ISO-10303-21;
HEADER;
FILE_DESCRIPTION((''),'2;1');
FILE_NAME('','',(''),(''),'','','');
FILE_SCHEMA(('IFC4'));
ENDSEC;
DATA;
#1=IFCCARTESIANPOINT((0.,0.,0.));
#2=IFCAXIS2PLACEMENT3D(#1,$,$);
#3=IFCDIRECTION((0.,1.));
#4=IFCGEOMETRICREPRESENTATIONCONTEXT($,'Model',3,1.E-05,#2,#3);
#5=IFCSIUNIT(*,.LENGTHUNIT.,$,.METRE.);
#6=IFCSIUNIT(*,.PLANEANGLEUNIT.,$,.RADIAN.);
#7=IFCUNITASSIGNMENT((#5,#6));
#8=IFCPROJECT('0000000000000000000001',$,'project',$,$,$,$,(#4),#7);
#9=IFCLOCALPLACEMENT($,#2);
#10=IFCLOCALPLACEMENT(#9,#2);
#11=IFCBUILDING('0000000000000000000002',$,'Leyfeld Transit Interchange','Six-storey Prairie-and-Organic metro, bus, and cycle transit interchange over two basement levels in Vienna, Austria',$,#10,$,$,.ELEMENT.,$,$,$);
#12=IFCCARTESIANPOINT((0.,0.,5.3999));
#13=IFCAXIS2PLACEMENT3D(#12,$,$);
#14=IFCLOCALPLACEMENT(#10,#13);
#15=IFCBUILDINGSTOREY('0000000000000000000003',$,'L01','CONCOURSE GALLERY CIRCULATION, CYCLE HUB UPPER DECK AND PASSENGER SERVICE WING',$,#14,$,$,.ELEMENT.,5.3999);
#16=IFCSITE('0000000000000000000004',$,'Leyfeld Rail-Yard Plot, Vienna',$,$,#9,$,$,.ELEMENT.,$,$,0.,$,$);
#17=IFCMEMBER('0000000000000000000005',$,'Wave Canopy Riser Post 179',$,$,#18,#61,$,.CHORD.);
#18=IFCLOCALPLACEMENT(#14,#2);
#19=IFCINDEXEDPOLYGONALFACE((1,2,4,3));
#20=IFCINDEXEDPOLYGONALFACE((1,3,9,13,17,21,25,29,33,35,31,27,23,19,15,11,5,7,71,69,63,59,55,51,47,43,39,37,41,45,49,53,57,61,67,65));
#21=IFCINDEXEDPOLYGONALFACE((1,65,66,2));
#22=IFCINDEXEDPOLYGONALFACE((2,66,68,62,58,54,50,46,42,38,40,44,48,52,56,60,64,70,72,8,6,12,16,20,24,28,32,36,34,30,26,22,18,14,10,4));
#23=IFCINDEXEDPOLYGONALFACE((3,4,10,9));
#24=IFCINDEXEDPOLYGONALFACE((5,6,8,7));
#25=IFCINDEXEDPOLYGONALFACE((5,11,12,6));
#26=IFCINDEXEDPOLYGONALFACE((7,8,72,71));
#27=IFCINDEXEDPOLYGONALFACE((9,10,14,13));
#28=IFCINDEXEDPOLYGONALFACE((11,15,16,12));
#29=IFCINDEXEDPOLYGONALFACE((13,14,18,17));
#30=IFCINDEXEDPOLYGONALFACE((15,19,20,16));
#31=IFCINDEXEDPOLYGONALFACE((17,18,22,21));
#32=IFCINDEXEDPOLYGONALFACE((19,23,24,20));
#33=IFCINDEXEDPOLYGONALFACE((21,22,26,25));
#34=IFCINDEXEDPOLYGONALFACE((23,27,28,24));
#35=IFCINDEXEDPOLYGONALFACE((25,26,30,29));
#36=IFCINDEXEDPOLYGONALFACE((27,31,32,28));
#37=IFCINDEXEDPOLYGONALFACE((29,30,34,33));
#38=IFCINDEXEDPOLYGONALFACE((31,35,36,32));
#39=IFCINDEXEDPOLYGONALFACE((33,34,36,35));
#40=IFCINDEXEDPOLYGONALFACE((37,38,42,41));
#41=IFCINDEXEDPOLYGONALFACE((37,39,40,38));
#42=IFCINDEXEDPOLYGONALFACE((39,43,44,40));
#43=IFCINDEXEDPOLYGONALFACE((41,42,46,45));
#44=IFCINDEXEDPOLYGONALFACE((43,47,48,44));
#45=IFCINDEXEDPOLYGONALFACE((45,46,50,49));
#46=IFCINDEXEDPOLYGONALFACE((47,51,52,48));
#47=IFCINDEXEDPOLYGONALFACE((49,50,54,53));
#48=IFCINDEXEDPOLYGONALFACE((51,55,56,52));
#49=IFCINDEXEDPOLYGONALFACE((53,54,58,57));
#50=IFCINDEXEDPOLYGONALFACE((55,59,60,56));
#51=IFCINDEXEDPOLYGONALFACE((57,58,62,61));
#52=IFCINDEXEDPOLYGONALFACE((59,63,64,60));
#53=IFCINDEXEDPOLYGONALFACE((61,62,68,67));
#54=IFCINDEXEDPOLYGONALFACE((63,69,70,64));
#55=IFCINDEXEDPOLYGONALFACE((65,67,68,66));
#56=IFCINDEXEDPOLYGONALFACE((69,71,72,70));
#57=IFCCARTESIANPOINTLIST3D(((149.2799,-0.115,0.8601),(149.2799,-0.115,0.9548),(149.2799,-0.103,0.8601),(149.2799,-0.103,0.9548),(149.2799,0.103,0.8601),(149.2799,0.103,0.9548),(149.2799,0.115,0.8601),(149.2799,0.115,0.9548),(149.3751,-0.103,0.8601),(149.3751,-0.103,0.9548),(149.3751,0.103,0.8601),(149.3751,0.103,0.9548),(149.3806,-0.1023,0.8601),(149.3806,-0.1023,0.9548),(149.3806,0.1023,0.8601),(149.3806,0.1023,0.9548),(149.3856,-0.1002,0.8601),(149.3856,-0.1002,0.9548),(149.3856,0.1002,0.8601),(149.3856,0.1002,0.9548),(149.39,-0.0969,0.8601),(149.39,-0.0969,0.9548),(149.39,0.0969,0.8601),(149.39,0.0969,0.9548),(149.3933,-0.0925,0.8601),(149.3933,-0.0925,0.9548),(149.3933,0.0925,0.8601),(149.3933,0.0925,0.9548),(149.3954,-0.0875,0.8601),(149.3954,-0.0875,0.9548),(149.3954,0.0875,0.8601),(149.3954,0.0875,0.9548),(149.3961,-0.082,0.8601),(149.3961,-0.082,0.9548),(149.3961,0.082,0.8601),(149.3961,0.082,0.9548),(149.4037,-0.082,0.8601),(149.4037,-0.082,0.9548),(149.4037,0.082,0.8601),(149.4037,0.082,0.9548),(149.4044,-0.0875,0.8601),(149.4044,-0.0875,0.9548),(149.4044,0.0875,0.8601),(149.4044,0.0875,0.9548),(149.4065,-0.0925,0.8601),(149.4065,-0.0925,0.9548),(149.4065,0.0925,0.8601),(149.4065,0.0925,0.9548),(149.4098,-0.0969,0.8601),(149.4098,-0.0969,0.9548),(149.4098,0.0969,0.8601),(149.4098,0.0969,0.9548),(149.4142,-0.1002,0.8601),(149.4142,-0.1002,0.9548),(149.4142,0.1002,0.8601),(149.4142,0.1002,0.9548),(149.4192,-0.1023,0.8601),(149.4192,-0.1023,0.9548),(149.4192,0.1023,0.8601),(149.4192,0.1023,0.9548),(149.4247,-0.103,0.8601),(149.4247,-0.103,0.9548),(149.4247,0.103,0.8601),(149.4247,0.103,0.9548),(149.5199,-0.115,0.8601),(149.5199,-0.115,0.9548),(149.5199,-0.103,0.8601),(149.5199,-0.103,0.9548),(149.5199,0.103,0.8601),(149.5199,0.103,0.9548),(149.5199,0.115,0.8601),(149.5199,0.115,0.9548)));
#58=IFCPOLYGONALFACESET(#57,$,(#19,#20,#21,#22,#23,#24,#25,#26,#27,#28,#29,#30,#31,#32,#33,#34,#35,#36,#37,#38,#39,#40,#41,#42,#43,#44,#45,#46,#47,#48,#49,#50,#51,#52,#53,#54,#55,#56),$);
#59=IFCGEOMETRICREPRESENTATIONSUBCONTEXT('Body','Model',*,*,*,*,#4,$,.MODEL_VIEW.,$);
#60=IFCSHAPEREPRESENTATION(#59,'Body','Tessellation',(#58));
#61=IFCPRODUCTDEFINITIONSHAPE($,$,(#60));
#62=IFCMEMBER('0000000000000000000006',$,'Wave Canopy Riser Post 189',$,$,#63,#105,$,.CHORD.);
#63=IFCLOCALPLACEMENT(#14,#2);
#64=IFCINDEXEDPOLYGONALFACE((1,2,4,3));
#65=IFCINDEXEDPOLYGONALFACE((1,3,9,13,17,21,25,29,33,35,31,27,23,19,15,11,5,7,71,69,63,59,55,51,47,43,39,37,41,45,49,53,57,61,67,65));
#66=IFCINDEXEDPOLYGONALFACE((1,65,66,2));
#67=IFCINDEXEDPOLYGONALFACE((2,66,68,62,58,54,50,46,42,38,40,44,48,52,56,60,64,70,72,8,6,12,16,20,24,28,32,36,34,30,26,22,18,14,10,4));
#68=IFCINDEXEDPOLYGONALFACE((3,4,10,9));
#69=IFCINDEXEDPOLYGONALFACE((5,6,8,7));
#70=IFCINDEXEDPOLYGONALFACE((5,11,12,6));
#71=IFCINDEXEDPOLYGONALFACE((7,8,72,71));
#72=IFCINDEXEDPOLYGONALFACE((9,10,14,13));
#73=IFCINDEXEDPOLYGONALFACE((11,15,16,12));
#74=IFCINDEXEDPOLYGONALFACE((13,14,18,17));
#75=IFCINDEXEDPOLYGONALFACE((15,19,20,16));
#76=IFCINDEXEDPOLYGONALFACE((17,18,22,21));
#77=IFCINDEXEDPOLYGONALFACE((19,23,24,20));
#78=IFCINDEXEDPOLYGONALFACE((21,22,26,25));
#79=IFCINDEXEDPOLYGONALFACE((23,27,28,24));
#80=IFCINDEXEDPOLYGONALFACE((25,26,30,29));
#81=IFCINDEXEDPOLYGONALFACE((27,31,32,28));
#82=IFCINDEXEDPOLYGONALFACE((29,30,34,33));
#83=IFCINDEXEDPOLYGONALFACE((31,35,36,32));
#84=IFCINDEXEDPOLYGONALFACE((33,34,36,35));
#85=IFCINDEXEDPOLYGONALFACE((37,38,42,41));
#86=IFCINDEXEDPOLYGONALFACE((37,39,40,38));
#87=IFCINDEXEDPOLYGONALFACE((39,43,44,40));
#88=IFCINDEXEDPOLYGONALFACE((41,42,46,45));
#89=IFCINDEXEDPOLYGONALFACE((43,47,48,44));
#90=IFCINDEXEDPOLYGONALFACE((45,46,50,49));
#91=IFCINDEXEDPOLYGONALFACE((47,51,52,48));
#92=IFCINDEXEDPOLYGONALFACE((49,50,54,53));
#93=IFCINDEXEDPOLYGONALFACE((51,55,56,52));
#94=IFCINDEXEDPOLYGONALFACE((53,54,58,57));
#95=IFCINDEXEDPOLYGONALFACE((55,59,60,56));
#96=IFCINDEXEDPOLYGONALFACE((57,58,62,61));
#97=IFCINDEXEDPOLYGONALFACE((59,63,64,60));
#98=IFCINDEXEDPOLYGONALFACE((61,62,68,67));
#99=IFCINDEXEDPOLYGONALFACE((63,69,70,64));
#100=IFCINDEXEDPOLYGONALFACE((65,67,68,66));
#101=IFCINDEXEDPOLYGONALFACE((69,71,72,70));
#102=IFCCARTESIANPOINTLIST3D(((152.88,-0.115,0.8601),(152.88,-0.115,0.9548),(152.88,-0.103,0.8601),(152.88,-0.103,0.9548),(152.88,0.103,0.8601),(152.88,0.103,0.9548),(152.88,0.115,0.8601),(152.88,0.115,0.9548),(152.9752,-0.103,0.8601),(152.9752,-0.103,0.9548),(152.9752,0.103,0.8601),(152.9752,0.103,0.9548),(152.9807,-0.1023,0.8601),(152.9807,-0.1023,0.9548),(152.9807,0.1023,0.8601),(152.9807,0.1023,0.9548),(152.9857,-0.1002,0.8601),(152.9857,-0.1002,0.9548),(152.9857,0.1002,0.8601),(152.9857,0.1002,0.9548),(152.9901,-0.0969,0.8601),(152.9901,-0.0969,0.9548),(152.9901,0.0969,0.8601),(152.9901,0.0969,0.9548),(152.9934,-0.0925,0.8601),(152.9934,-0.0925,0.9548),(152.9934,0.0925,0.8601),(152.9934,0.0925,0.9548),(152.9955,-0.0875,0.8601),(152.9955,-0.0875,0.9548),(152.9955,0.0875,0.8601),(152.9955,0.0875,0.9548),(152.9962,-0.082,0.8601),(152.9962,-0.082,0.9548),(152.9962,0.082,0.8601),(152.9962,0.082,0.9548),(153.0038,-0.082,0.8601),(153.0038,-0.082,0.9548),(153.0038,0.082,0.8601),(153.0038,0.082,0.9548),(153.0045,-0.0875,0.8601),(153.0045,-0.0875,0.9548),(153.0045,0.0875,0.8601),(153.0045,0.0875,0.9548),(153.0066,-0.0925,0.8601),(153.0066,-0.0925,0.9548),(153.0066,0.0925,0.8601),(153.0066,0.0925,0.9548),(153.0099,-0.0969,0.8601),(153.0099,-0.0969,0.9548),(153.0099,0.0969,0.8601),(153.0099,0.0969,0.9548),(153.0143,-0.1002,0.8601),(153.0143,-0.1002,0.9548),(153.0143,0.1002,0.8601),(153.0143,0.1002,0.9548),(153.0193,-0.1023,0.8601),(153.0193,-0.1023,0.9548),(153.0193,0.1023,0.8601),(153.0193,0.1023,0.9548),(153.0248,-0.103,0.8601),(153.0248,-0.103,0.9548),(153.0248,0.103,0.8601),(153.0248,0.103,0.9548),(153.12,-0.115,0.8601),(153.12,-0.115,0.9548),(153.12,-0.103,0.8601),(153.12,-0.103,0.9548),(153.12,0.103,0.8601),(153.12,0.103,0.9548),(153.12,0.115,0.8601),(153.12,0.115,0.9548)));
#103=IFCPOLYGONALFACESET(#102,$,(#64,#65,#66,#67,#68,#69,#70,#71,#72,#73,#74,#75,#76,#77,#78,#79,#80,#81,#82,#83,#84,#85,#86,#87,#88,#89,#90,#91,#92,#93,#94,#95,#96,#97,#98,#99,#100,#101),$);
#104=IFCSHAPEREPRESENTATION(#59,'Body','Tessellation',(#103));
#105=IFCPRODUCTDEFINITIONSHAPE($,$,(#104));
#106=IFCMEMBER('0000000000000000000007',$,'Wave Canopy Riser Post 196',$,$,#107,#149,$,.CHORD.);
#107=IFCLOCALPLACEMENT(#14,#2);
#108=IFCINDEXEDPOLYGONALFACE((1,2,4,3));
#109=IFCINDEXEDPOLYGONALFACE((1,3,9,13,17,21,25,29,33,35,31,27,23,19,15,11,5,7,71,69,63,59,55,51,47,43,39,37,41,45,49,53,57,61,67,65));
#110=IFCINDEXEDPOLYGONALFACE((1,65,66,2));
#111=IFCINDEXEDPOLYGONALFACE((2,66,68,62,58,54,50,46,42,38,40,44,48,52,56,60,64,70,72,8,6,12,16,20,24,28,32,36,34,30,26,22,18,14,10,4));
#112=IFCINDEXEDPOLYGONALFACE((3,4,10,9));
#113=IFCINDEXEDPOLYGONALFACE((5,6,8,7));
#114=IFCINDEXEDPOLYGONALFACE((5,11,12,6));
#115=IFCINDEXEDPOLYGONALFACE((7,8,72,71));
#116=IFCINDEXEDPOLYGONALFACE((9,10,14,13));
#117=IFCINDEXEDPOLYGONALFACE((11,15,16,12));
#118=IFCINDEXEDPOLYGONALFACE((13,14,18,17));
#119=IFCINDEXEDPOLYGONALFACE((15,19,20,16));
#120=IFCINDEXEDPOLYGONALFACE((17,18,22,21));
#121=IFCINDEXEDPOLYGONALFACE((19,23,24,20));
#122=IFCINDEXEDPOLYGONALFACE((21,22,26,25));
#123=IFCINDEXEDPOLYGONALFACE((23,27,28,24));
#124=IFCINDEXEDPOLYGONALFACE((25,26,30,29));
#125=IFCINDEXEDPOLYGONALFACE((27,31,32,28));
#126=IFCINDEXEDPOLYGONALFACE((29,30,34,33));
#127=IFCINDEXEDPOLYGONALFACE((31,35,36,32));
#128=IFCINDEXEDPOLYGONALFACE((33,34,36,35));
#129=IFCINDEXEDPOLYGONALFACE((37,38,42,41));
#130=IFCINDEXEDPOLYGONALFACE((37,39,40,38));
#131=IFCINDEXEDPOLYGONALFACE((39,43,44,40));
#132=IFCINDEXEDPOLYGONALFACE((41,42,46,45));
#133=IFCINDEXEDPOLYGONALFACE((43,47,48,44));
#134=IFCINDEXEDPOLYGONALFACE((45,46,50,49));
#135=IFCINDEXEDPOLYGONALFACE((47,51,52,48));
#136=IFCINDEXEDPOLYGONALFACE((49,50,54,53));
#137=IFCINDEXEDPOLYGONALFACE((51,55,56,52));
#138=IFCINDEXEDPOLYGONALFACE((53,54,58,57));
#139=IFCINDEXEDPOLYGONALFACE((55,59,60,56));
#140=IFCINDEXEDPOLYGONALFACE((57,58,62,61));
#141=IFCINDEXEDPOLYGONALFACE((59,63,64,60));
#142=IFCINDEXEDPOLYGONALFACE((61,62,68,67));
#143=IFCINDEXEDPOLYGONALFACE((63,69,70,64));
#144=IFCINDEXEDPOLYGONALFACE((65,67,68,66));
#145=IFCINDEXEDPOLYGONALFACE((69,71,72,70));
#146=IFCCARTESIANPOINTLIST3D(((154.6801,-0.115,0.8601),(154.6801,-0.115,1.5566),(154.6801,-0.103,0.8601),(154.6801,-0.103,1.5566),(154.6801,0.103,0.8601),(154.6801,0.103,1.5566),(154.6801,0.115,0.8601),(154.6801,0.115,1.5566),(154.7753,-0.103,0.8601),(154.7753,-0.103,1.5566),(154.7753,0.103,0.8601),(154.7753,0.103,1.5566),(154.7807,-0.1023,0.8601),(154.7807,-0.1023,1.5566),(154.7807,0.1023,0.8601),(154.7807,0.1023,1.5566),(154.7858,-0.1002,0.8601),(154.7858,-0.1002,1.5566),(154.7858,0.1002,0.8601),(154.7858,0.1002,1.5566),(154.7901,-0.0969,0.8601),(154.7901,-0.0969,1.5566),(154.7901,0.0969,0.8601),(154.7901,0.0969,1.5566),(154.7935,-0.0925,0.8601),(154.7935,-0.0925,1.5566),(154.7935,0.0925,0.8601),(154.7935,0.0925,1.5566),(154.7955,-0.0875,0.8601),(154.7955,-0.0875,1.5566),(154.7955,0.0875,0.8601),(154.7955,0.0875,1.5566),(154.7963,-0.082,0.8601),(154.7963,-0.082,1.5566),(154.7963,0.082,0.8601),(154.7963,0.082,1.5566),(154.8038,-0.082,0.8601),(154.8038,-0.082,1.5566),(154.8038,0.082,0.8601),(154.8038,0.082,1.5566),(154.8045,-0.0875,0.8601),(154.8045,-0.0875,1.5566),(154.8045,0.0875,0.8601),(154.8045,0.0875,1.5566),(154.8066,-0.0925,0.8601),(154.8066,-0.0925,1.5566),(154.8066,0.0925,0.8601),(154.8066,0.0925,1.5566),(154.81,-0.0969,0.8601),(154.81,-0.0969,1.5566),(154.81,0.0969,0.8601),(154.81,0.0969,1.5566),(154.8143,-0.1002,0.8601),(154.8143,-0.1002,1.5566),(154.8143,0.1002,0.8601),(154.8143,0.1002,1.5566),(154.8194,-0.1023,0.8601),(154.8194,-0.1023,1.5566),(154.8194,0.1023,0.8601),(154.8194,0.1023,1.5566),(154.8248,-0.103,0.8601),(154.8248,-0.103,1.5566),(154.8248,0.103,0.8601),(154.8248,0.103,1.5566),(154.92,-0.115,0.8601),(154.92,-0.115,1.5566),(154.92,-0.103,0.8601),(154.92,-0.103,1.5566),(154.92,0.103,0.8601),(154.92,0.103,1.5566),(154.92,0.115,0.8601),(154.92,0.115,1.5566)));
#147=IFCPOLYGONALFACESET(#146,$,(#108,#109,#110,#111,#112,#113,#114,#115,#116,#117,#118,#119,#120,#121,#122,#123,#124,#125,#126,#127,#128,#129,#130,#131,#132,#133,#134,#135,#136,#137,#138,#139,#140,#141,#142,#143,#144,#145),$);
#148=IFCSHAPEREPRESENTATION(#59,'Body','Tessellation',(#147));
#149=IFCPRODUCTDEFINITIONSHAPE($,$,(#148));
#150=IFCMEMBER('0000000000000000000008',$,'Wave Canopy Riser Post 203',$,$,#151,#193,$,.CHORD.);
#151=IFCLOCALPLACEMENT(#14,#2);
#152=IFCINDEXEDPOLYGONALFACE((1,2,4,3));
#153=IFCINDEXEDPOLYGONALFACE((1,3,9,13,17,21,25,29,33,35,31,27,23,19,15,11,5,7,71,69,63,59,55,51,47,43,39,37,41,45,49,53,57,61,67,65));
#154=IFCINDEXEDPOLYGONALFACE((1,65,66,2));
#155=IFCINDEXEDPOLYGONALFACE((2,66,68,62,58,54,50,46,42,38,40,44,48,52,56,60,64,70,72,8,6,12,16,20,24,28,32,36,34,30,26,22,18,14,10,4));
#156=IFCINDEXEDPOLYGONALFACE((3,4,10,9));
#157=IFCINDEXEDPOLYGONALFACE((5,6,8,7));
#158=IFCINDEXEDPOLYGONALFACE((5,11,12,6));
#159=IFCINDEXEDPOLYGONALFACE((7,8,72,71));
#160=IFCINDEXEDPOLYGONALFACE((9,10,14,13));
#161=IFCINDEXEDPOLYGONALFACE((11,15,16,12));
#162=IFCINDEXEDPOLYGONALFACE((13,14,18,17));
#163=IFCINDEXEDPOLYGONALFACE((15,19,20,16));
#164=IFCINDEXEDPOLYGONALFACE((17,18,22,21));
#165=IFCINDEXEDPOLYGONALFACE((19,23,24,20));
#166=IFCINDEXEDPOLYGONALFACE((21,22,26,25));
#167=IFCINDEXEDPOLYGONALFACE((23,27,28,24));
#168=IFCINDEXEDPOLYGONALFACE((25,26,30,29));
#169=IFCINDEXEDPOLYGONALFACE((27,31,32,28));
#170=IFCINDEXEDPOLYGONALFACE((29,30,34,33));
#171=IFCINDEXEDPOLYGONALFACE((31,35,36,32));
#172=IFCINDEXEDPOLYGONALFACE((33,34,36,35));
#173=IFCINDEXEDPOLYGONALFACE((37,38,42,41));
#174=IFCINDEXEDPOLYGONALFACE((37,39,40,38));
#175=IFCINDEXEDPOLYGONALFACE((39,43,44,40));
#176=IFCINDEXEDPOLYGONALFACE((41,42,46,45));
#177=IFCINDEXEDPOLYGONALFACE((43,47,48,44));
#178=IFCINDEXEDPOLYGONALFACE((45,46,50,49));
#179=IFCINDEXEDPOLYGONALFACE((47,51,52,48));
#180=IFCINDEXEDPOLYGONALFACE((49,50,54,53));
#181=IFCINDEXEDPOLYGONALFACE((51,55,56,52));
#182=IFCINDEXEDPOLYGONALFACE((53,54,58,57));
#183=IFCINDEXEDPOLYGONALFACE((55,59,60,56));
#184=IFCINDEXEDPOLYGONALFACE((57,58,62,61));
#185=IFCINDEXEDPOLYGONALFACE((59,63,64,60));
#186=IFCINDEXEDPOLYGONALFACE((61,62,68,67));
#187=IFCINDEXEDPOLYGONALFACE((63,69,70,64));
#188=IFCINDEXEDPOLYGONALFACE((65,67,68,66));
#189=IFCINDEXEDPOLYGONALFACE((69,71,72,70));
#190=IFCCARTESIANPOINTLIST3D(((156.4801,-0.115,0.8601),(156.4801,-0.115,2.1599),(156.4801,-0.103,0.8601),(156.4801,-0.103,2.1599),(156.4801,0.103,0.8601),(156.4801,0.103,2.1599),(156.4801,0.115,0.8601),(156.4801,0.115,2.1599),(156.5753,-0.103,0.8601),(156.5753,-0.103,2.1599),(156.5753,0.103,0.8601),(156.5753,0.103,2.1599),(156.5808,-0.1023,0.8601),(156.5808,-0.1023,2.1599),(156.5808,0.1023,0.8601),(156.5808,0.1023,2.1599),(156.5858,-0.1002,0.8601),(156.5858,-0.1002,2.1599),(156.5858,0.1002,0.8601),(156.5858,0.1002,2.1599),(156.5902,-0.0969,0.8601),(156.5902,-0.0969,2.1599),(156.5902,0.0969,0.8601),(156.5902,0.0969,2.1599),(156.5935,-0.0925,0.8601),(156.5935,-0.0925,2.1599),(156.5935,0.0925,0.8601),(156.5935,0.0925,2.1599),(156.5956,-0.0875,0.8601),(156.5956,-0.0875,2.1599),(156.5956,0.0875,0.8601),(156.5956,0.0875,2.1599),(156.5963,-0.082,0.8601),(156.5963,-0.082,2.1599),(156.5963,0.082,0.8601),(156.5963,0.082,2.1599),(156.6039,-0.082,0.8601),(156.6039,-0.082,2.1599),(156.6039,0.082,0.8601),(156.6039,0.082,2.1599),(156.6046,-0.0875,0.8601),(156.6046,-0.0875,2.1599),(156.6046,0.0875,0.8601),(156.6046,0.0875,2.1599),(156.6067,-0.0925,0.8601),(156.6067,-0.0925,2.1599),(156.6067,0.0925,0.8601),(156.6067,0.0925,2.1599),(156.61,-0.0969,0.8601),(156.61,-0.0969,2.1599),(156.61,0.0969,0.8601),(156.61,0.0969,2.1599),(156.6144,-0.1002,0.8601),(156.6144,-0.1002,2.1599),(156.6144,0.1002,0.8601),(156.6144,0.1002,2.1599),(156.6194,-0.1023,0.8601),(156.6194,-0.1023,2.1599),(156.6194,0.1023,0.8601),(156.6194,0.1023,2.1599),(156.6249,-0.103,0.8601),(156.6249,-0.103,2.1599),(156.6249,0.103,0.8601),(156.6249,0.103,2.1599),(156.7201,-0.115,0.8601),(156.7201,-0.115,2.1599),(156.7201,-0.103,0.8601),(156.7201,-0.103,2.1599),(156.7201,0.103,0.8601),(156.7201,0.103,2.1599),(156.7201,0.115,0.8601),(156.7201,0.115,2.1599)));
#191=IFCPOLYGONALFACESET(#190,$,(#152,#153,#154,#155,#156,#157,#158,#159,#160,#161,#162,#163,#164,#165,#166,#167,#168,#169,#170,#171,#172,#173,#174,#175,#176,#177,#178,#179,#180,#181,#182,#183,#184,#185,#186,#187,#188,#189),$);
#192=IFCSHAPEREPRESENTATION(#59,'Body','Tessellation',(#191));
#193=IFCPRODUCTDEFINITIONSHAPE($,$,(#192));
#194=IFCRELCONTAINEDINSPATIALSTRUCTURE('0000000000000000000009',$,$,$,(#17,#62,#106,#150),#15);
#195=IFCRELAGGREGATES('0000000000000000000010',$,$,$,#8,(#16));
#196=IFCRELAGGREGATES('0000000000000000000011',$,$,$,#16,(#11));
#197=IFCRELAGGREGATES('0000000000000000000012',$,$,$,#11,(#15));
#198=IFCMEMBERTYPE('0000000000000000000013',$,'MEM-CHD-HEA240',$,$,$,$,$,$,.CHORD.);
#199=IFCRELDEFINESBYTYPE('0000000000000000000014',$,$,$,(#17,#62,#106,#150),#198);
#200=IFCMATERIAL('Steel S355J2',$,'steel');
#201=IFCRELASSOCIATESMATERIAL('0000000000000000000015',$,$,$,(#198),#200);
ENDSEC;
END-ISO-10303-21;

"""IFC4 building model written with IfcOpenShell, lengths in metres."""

from ifc_helpers import new_model, si_unit, direction, frame, origin, origin_2d, place, context, subcontext, project, spatial, i_section, extrude, material, material_profile, profile_set, type_object, element, save


model = new_model("IFC4")

# Units and contexts
model_context = context("Model", 3, precision=1e-05, world=origin(), true_north=direction((0.0, 1.0)))
body_context = subcontext(model_context, "Body", "Model", "MODEL_VIEW")
ifc_project = project(units=[si_unit("LENGTHUNIT", "METRE"), si_unit("PLANEANGLEUNIT", "RADIAN")], contexts=[model_context])

# Site, building, storey
site_placement = place(None, origin())
site = spatial("IfcSite", under=ifc_project, at=site_placement, Name="Leyfeld Rail-Yard Plot, Vienna", CompositionType="ELEMENT", RefElevation=0.0)
building_placement = place(site_placement, origin())
building = spatial("IfcBuilding", under=site, at=building_placement, Name="Leyfeld Transit Interchange", Description="Six-storey Prairie-and-Organic metro, bus, and cycle transit interchange over two basement levels in Vienna, Austria", CompositionType="ELEMENT")
storey_placement = place(building_placement, frame((0.0, 0.0, 5.3999)))
storey = spatial("IfcBuildingStorey", under=building, at=storey_placement, Name="L01", Description="CONCOURSE GALLERY CIRCULATION, CYCLE HUB UPPER DECK AND PASSENGER SERVICE WING", CompositionType="ELEMENT", Elevation=5.3999)

# Members
ifc_material_1 = material(Name="Steel S355J2", Category="steel")
ifc_material_profile_1 = material_profile(ifc_material_1, i_section(OverallWidth=0.24, OverallDepth=0.23, WebThickness=0.0076, FlangeThickness=0.012, FilletRadius=0.021, at=origin_2d()), Name="HEA 240")
ifc_profile_set_1 = profile_set([ifc_material_profile_1], Name="Steel S355J2")
member_type_1 = type_object("IfcMemberType", Name="MEM-CHD-HEA240", PredefinedType="CHORD", material=ifc_profile_set_1)
for number, where, z_axis, x_axis, name in (
    (1, (149.3999, 0.0, 0.8601), (0.0, 0.0, 1.0), (1.0, 0.0, 0.0), "Wave Canopy Riser Post 179"),
    (2, (153.0, 0.0, 0.8601), (0.0, 0.0, 1.0), (1.0, 0.0, 0.0), "Wave Canopy Riser Post 189"),
):
    element("IfcMember", number, at=place(storey_placement, frame(where, z_axis=z_axis, x_axis=x_axis)), inside=storey, type_object=member_type_1, Name=name, PredefinedType="CHORD", context=body_context, shape_type="SweptSolid", body=[
        extrude(i_section(OverallWidth=0.24, OverallDepth=0.23, WebThickness=0.0076, FlangeThickness=0.012, FilletRadius=0.021, at=origin_2d()), origin(), (0.0, 0.0, 1.0), 0.0947),
    ])
member_1_placement = place(storey_placement, frame((154.8, 0.0, 0.8601), z_axis=(0.0, 0.0, 1.0), x_axis=(1.0, 0.0, 0.0)))
element("IfcMember", 3, at=member_1_placement, inside=storey, type_object=member_type_1, Name="Wave Canopy Riser Post 196", PredefinedType="CHORD", context=body_context, shape_type="SweptSolid", body=[
    extrude(i_section(OverallWidth=0.24, OverallDepth=0.23, WebThickness=0.0076, FlangeThickness=0.012, FilletRadius=0.021, at=origin_2d()), origin(), (0.0, 0.0, 1.0), 0.6965),
])
member_2_placement = place(storey_placement, frame((156.6001, 0.0, 0.8601), z_axis=(0.0, 0.0, 1.0), x_axis=(1.0, 0.0, 0.0)))
element("IfcMember", 4, at=member_2_placement, inside=storey, type_object=member_type_1, Name="Wave Canopy Riser Post 203", PredefinedType="CHORD", context=body_context, shape_type="SweptSolid", body=[
    extrude(i_section(OverallWidth=0.24, OverallDepth=0.23, WebThickness=0.0076, FlangeThickness=0.012, FilletRadius=0.021, at=origin_2d()), origin(), (0.0, 0.0, 1.0), 1.2998),
])

save(model, "model.ifc")
